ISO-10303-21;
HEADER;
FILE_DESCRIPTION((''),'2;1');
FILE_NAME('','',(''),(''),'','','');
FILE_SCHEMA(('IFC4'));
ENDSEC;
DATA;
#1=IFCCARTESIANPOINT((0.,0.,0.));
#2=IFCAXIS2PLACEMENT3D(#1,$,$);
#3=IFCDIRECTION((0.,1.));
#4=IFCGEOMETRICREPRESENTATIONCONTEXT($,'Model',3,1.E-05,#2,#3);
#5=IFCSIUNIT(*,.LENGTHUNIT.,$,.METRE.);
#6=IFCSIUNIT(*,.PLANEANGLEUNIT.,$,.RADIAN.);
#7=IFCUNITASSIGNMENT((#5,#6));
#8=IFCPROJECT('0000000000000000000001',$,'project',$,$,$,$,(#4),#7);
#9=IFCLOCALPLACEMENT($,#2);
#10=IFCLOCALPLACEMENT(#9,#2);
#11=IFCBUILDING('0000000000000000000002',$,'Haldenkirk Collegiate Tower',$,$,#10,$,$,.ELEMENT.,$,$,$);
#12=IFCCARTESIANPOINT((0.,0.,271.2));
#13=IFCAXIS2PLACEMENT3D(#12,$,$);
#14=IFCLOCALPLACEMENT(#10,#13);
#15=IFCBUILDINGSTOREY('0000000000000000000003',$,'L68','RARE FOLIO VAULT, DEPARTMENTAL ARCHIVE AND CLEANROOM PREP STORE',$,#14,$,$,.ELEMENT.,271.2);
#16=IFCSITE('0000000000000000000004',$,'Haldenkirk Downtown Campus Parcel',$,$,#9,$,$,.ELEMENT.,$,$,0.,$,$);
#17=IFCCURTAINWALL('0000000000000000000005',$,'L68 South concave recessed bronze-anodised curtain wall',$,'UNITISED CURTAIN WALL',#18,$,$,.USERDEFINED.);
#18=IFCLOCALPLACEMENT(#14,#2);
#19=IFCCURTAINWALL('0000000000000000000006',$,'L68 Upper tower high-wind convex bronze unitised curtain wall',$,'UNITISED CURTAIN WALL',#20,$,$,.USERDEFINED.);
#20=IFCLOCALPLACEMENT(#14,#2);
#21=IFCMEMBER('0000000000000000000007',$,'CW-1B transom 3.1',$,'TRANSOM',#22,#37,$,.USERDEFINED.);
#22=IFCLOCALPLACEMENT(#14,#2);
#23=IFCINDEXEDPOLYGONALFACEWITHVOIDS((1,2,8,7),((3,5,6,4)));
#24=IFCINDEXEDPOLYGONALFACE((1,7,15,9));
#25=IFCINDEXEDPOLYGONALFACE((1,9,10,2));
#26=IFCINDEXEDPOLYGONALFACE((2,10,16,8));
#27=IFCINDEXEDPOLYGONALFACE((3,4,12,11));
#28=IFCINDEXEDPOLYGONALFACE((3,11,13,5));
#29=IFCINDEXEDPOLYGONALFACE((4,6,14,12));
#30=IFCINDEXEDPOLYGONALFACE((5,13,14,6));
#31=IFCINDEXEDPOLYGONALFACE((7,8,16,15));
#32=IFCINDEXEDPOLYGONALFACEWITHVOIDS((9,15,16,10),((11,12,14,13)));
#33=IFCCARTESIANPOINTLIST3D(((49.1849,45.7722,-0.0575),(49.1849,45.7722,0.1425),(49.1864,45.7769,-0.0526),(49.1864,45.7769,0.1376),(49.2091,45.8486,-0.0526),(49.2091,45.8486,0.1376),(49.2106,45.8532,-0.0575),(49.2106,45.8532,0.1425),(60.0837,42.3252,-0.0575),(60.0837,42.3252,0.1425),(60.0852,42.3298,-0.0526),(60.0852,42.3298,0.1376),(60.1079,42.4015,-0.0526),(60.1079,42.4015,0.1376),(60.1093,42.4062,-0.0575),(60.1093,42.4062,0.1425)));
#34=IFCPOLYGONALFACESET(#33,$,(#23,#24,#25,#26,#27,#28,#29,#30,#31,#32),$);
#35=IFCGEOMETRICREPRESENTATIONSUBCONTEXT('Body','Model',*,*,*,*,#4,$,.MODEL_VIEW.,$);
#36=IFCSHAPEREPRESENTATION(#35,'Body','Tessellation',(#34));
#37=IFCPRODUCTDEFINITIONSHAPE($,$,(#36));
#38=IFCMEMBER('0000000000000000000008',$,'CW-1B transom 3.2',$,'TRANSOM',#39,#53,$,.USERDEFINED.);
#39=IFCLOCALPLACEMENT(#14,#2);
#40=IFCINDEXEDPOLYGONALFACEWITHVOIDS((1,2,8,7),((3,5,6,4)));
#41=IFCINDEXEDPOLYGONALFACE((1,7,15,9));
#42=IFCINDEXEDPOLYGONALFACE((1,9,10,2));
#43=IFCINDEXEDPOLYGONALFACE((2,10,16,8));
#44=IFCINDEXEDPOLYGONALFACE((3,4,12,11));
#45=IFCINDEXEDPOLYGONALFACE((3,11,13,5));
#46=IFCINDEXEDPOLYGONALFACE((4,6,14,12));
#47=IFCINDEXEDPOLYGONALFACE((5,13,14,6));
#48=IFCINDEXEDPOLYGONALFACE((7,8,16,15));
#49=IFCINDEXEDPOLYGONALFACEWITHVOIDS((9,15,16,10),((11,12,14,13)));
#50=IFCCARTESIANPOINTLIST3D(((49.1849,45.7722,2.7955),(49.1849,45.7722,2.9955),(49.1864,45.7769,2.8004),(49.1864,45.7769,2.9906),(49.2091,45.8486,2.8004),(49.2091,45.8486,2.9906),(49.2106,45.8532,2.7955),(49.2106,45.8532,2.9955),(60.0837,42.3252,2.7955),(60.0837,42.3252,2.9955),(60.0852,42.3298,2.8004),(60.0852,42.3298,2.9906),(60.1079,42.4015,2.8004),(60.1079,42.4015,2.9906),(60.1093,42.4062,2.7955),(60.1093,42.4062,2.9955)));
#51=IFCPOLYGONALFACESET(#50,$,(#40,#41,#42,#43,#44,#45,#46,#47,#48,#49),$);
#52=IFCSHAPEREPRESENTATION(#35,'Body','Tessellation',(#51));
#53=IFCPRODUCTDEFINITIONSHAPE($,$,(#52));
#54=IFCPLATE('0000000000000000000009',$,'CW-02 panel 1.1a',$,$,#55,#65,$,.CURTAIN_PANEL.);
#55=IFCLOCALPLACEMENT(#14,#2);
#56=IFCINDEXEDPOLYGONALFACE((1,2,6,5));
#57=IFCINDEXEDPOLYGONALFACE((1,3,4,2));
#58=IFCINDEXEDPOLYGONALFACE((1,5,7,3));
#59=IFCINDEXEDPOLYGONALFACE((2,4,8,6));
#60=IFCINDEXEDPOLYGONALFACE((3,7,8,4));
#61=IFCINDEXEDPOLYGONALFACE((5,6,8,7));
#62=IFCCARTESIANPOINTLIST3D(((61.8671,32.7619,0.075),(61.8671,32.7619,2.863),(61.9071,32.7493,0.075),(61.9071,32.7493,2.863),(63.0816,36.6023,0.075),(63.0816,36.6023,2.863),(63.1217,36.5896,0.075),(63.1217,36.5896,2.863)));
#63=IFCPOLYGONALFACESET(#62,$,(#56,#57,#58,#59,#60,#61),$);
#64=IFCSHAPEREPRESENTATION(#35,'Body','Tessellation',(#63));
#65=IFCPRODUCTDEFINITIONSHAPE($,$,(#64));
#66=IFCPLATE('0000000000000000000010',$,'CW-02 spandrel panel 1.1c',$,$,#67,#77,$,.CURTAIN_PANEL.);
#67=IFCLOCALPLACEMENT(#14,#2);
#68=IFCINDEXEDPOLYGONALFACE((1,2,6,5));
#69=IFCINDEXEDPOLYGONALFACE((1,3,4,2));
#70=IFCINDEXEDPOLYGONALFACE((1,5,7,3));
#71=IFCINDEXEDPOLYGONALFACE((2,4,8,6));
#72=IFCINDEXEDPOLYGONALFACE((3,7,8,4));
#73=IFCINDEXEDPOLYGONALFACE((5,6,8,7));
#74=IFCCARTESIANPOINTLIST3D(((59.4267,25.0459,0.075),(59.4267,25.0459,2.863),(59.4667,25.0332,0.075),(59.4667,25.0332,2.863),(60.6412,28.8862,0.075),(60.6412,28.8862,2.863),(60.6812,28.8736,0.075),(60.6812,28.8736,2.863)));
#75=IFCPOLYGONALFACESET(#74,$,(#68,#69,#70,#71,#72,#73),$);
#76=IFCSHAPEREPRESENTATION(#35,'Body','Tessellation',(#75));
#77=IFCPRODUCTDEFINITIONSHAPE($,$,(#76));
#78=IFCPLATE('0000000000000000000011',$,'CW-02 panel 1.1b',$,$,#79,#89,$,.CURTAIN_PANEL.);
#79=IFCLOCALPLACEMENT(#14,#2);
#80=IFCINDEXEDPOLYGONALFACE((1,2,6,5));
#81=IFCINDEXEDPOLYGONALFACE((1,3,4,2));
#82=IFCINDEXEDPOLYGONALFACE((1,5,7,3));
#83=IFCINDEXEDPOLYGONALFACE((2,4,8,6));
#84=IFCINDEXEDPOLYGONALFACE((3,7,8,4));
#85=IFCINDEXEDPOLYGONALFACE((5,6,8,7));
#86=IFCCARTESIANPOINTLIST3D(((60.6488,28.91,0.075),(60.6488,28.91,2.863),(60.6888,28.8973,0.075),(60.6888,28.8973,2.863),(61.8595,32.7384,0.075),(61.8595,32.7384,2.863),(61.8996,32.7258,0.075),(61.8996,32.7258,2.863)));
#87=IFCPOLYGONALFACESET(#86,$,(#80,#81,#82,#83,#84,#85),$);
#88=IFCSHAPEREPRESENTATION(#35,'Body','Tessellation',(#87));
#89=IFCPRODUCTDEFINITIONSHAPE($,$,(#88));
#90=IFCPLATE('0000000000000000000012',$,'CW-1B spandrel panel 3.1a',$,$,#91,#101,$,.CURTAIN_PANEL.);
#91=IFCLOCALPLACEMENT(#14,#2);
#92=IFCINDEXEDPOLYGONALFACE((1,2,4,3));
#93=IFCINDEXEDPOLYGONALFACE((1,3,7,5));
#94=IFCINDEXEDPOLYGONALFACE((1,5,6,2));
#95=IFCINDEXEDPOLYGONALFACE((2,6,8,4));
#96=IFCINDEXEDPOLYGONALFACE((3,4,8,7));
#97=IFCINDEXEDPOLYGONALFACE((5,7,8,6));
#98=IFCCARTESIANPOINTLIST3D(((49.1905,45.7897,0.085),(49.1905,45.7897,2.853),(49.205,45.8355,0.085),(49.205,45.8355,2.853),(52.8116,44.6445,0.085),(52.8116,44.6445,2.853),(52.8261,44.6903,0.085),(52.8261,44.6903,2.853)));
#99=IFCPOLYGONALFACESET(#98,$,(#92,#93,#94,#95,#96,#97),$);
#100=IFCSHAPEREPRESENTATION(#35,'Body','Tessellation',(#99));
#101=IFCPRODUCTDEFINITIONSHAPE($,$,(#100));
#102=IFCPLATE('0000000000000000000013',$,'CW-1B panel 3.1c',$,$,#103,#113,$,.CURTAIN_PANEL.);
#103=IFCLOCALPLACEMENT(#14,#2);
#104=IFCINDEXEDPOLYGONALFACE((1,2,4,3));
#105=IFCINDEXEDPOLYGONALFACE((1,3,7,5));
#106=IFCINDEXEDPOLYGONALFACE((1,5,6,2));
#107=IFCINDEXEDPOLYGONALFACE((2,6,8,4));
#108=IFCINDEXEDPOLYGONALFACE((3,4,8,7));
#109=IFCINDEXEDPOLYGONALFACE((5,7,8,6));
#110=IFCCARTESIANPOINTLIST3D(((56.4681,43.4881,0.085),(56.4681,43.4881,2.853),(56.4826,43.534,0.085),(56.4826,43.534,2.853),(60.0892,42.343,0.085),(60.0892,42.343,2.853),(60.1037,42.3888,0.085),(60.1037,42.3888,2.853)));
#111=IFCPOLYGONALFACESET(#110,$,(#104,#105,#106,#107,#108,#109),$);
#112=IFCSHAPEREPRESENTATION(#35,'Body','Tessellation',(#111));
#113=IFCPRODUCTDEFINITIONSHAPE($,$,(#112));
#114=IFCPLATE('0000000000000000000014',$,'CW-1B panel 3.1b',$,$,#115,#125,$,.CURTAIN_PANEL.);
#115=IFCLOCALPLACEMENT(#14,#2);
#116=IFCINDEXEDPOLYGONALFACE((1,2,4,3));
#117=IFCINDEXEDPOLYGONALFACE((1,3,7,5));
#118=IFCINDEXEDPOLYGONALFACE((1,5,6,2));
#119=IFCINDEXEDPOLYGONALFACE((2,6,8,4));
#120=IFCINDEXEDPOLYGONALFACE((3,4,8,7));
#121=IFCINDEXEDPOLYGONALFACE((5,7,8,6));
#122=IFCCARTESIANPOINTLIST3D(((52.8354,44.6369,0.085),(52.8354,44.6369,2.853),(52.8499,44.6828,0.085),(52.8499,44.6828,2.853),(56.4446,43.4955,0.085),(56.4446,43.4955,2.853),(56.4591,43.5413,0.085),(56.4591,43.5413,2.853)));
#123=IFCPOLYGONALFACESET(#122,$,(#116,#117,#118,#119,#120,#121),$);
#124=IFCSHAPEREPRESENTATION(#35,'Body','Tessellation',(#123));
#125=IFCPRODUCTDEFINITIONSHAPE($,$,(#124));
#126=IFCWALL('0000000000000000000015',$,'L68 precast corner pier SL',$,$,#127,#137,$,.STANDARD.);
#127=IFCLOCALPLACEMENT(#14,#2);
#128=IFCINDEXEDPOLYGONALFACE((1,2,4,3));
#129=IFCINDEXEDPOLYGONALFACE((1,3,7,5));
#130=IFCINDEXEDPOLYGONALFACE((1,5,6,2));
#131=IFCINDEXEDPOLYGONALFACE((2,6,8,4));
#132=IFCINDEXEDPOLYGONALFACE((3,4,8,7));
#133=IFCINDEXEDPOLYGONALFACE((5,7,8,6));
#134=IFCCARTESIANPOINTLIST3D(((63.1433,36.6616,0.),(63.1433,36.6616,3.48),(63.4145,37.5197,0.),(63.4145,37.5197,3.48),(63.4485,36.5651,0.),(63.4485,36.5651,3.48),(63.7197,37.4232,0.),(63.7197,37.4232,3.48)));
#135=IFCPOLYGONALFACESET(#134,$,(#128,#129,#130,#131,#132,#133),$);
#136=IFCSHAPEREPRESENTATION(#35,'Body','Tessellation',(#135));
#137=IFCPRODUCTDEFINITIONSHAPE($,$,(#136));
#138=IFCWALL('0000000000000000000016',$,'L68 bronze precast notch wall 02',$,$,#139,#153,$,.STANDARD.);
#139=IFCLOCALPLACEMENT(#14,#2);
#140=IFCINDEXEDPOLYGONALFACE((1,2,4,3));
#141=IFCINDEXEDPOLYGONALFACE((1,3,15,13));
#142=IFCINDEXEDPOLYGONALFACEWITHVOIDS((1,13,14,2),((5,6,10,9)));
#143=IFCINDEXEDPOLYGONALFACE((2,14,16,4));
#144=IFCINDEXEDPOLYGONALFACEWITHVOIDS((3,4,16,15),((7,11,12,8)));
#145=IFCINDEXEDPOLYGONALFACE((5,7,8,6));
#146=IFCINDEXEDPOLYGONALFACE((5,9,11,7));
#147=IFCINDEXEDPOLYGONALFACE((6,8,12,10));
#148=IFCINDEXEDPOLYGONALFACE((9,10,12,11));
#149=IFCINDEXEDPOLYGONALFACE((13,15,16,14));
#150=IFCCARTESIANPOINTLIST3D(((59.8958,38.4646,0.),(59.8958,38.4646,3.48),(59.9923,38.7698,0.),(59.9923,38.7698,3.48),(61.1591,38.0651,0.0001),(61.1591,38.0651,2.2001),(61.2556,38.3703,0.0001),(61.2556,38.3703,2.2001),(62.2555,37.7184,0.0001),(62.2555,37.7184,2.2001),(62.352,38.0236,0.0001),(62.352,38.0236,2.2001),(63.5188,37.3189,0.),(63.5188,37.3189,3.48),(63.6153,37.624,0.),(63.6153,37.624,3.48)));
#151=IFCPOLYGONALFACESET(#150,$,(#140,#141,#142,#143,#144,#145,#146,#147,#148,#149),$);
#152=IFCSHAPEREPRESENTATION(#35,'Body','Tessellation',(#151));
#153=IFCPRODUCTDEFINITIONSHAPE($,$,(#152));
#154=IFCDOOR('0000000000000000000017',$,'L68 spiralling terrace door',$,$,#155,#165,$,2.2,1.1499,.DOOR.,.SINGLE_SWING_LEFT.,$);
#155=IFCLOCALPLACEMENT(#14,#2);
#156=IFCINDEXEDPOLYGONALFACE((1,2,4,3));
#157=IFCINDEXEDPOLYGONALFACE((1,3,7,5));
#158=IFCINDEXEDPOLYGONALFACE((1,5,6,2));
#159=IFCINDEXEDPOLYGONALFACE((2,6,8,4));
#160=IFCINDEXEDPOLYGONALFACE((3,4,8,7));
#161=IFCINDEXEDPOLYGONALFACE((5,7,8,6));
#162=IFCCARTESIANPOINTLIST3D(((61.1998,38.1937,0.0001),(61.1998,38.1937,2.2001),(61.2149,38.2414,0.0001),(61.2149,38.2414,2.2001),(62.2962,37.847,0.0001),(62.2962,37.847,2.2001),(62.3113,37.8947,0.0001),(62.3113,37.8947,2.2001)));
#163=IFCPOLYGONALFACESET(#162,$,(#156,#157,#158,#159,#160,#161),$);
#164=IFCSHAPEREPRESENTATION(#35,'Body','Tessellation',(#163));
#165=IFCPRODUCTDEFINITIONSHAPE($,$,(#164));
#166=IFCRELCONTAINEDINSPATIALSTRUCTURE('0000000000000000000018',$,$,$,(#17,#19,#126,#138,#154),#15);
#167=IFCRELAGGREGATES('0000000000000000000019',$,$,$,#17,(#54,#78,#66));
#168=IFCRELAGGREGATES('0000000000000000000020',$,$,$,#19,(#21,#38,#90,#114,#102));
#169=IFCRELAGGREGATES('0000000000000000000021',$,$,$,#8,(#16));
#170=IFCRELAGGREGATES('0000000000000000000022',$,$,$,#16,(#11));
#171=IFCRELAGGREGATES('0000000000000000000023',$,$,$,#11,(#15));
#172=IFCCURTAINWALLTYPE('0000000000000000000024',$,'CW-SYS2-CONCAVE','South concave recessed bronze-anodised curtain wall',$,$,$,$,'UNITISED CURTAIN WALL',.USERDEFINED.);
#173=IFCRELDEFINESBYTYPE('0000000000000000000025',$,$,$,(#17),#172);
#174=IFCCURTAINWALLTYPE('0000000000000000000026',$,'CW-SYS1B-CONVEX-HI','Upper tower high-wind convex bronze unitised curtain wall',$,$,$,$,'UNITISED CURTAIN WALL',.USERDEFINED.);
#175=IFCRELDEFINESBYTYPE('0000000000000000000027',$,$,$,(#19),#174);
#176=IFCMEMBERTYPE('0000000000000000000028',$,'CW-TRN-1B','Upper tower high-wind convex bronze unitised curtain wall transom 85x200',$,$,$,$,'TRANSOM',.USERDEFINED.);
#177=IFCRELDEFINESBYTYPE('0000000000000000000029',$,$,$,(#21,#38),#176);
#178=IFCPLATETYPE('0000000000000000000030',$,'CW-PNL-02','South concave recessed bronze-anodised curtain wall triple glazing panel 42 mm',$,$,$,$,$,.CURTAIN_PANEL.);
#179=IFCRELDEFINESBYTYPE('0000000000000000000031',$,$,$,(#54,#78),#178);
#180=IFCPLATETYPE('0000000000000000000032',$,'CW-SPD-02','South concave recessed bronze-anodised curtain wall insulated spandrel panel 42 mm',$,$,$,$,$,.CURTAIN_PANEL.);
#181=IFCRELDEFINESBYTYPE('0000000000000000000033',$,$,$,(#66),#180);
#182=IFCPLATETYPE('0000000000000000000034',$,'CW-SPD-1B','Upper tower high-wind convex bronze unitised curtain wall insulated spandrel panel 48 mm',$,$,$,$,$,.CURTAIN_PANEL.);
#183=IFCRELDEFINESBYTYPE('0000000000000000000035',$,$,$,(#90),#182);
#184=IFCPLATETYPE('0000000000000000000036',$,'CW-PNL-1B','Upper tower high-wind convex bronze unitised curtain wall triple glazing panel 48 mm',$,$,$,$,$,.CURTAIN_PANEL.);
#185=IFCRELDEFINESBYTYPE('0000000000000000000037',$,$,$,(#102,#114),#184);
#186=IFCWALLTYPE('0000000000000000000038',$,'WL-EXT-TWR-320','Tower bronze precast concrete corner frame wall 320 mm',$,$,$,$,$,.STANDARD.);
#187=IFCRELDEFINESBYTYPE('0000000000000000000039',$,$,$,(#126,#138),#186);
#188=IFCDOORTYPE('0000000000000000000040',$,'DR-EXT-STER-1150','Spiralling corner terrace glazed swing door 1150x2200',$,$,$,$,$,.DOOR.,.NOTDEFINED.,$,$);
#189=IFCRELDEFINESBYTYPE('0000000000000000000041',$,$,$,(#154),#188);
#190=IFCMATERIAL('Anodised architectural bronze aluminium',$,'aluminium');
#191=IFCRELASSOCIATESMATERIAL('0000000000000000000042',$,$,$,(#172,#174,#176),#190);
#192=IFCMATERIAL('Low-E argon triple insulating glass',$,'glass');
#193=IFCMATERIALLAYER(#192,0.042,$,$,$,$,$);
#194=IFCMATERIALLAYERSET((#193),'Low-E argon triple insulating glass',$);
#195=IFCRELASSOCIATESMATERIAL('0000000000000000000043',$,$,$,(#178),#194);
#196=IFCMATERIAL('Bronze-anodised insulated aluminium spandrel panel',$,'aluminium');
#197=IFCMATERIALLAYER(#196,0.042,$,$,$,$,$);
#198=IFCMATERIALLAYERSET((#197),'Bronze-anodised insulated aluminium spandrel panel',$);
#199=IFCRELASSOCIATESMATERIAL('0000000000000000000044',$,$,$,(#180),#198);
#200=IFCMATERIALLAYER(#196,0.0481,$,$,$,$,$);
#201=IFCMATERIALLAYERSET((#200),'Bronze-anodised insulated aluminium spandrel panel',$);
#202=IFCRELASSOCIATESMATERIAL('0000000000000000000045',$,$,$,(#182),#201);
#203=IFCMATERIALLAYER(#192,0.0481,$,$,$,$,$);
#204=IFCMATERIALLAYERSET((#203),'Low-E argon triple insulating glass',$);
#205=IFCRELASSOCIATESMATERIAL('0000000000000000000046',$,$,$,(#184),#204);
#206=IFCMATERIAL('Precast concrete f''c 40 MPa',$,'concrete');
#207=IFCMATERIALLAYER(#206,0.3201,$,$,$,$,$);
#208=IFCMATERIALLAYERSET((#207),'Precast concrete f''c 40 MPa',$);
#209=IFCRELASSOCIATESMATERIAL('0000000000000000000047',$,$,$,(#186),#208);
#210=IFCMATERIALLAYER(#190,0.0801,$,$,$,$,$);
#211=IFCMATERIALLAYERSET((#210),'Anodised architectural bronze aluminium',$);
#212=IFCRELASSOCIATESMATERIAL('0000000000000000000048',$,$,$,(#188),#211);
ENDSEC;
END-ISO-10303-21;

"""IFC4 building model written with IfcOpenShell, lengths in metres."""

from ifc_helpers import new_model, si_unit, direction, frame, frame_2d, origin, origin_2d, place, context, subcontext, project, spatial, rectangle, hollow_rectangle, extrude, source, transform, mapped, material, layer, layer_set, material_profile, profile_set, type_object, element, fill, aggregate, save


model = new_model("IFC4")

# Units and contexts
model_context = context("Model", 3, precision=1e-05, world=origin(), true_north=direction((0.0, 1.0)))
body_context = subcontext(model_context, "Body", "Model", "MODEL_VIEW")
ifc_project = project(units=[si_unit("LENGTHUNIT", "METRE"), si_unit("PLANEANGLEUNIT", "RADIAN")], contexts=[model_context])

# Site, building, storey
site_placement = place(None, origin())
site = spatial("IfcSite", under=ifc_project, at=site_placement, Name="Haldenkirk Downtown Campus Parcel", CompositionType="ELEMENT", RefElevation=0.0)
building_placement = place(site_placement, origin())
building = spatial("IfcBuilding", under=site, at=building_placement, Name="Haldenkirk Collegiate Tower", CompositionType="ELEMENT")
storey_placement = place(building_placement, frame((0.0, 0.0, 271.2)))
storey = spatial("IfcBuildingStorey", under=building, at=storey_placement, Name="L68", Description="RARE FOLIO VAULT, DEPARTMENTAL ARCHIVE AND CLEANROOM PREP STORE", CompositionType="ELEMENT", Elevation=271.2)

# Curtain walls
ifc_material_1 = material(Name="Anodised architectural bronze aluminium", Category="aluminium")
curtain_wall_type_1 = type_object("IfcCurtainWallType", Name="CW-SYS2-CONCAVE", Description="South concave recessed bronze-anodised curtain wall", ElementType="UNITISED CURTAIN WALL", PredefinedType="USERDEFINED", material=ifc_material_1)
curtain_wall_1_placement = place(storey_placement, origin())
curtain_wall_1 = element("IfcCurtainWall", 1, at=curtain_wall_1_placement, inside=storey, type_object=curtain_wall_type_1, Name="L68 South concave recessed bronze-anodised curtain wall", ObjectType="UNITISED CURTAIN WALL", PredefinedType="USERDEFINED")
curtain_wall_type_2 = type_object("IfcCurtainWallType", Name="CW-SYS1B-CONVEX-HI", Description="Upper tower high-wind convex bronze unitised curtain wall", ElementType="UNITISED CURTAIN WALL", PredefinedType="USERDEFINED", material=ifc_material_1)
curtain_wall_2_placement = place(storey_placement, origin())
curtain_wall_2 = element("IfcCurtainWall", 2, at=curtain_wall_2_placement, inside=storey, type_object=curtain_wall_type_2, Name="L68 Upper tower high-wind convex bronze unitised curtain wall", ObjectType="UNITISED CURTAIN WALL", PredefinedType="USERDEFINED")

# Members
ifc_material_profile_1 = material_profile(ifc_material_1, hollow_rectangle(XDim=0.085, YDim=0.2, WallThickness=0.0049, at=origin_2d()), Name="CW-TRN-1B")
ifc_profile_set_1 = profile_set([ifc_material_profile_1], Name="Anodised architectural bronze aluminium")
member_type_1 = type_object("IfcMemberType", Name="CW-TRN-1B", Description="Upper tower high-wind convex bronze unitised curtain wall transom 85x200", ElementType="TRANSOM", PredefinedType="USERDEFINED", material=ifc_profile_set_1)
member_1_placement = place(storey_placement, frame((49.1978, 45.8127, 0.0425), z_axis=(0.953449, -0.301556, 0.0), x_axis=(0.301556, 0.953449, 0.0)))
member_1 = element("IfcMember", 3, at=member_1_placement, type_object=member_type_1, Name="CW-1B transom 3.1", ObjectType="TRANSOM", PredefinedType="USERDEFINED", context=body_context, shape_type="SweptSolid", body=[
    extrude(hollow_rectangle(XDim=0.085, YDim=0.2, WallThickness=0.0049, at=origin_2d()), origin(), (0.0, 0.0, 1.0), 11.4309),
])
member_2_placement = place(storey_placement, frame((49.1978, 45.8127, 2.8955), z_axis=(0.953449, -0.301556, 0.0), x_axis=(0.301556, 0.953449, 0.0)))
member_2 = element("IfcMember", 4, at=member_2_placement, type_object=member_type_1, Name="CW-1B transom 3.2", ObjectType="TRANSOM", PredefinedType="USERDEFINED", context=body_context, shape_type="SweptSolid", body=[
    extrude(hollow_rectangle(XDim=0.085, YDim=0.2, WallThickness=0.0049, at=origin_2d()), origin(), (0.0, 0.0, 1.0), 11.4309),
])

# Plates
ifc_material_2 = material(Name="Low-E argon triple insulating glass", Category="glass")
ifc_layer_1 = layer(ifc_material_2, 0.042)
ifc_layer_set_1 = layer_set([ifc_layer_1], Name="Low-E argon triple insulating glass")
plate_type_1 = type_object("IfcPlateType", Name="CW-PNL-02", Description="South concave recessed bronze-anodised curtain wall triple glazing panel 42 mm", PredefinedType="CURTAIN_PANEL", material=ifc_layer_set_1)
shared_shape_1 = source(origin(), body_context, "Body", "SweptSolid", [
    extrude(rectangle(XDim=4.0278, YDim=0.042, at=origin_2d()), origin(), (0.0, 0.0, 1.0), 2.7881),
])
plate_1_placement = place(storey_placement, frame((62.4944, 34.6758, 0.075), z_axis=(0.0, 0.0, 1.0), x_axis=(-0.301537, -0.953455, 0.0)))
plate_1 = element("IfcPlate", 5, at=plate_1_placement, type_object=plate_type_1, Name="CW-02 panel 1.1a", PredefinedType="CURTAIN_PANEL", context=body_context, shape_type="MappedRepresentation", body=[
    mapped(shared_shape_1, transform((0.0, 0.0, 0.0), x_axis=(1.0, 0.0, 0.0), y_axis=(0.0, 1.0, 0.0), z_axis=(0.0, 0.0, 1.0), scale=1.0)),
])
ifc_material_3 = material(Name="Bronze-anodised insulated aluminium spandrel panel", Category="aluminium")
ifc_layer_2 = layer(ifc_material_3, 0.042)
ifc_layer_set_2 = layer_set([ifc_layer_2], Name="Bronze-anodised insulated aluminium spandrel panel")
plate_type_2 = type_object("IfcPlateType", Name="CW-SPD-02", Description="South concave recessed bronze-anodised curtain wall insulated spandrel panel 42 mm", PredefinedType="CURTAIN_PANEL", material=ifc_layer_set_2)
plate_2_placement = place(storey_placement, frame((60.054, 26.9597, 0.075), z_axis=(0.0, 0.0, 1.0), x_axis=(-0.301537, -0.953455, 0.0)))
plate_2 = element("IfcPlate", 6, at=plate_2_placement, type_object=plate_type_2, Name="CW-02 spandrel panel 1.1c", PredefinedType="CURTAIN_PANEL", context=body_context, shape_type="MappedRepresentation", body=[
    mapped(shared_shape_1, transform((0.0, 0.0, 0.0), x_axis=(1.0, 0.0, 0.0), y_axis=(0.0, 1.0, 0.0), z_axis=(0.0, 0.0, 1.0), scale=1.0)),
])
shared_shape_2 = source(origin(), body_context, "Body", "SweptSolid", [
    extrude(rectangle(XDim=4.0154, YDim=0.042, at=origin_2d()), origin(), (0.0, 0.0, 1.0), 2.7881),
])
plate_3_placement = place(storey_placement, frame((61.2742, 30.8179, 0.075), z_axis=(0.0, 0.0, 1.0), x_axis=(-0.301537, -0.953455, 0.0)))
plate_3 = element("IfcPlate", 7, at=plate_3_placement, type_object=plate_type_1, Name="CW-02 panel 1.1b", PredefinedType="CURTAIN_PANEL", context=body_context, shape_type="MappedRepresentation", body=[
    mapped(shared_shape_2, transform((0.0, 0.0, 0.0), x_axis=(1.0, 0.0, 0.0), y_axis=(0.0, 1.0, 0.0), z_axis=(0.0, 0.0, 1.0), scale=1.0)),
])
aggregate(curtain_wall_1, [plate_1, plate_3, plate_2])
ifc_layer_3 = layer(ifc_material_3, 0.0481)
ifc_layer_set_3 = layer_set([ifc_layer_3], Name="Bronze-anodised insulated aluminium spandrel panel")
plate_type_3 = type_object("IfcPlateType", Name="CW-SPD-1B", Description="Upper tower high-wind convex bronze unitised curtain wall insulated spandrel panel 48 mm", PredefinedType="CURTAIN_PANEL", material=ifc_layer_set_3)
shared_shape_3 = source(origin(), body_context, "Body", "SweptSolid", [
    extrude(rectangle(XDim=3.7979, YDim=0.0481, at=origin_2d()), origin(), (0.0, 0.0, 1.0), 2.7681),
])
plate_4_placement = place(storey_placement, frame((51.0083, 45.24, 0.085), z_axis=(0.0, 0.0, 1.0), x_axis=(0.953454, -0.301537, 0.0)))
plate_4 = element("IfcPlate", 8, at=plate_4_placement, type_object=plate_type_3, Name="CW-1B spandrel panel 3.1a", PredefinedType="CURTAIN_PANEL", context=body_context, shape_type="MappedRepresentation", body=[
    mapped(shared_shape_3, transform((0.0, 0.0, 0.0), x_axis=(1.0, 0.0, 0.0), y_axis=(0.0, 1.0, 0.0), z_axis=(0.0, 0.0, 1.0), scale=1.0)),
])
ifc_layer_4 = layer(ifc_material_2, 0.0481)
ifc_layer_set_4 = layer_set([ifc_layer_4], Name="Low-E argon triple insulating glass")
plate_type_4 = type_object("IfcPlateType", Name="CW-PNL-1B", Description="Upper tower high-wind convex bronze unitised curtain wall triple glazing panel 48 mm", PredefinedType="CURTAIN_PANEL", material=ifc_layer_set_4)
plate_5_placement = place(storey_placement, frame((58.2859, 42.9385, 0.085), z_axis=(0.0, 0.0, 1.0), x_axis=(0.953454, -0.301537, 0.0)))
plate_5 = element("IfcPlate", 9, at=plate_5_placement, type_object=plate_type_4, Name="CW-1B panel 3.1c", PredefinedType="CURTAIN_PANEL", context=body_context, shape_type="MappedRepresentation", body=[
    mapped(shared_shape_3, transform((0.0, 0.0, 0.0), x_axis=(1.0, 0.0, 0.0), y_axis=(0.0, 1.0, 0.0), z_axis=(0.0, 0.0, 1.0), scale=1.0)),
])
shared_shape_4 = source(origin(), body_context, "Body", "SweptSolid", [
    extrude(rectangle(XDim=3.7854, YDim=0.0481, at=origin_2d()), origin(), (0.0, 0.0, 1.0), 2.7681),
])
plate_6_placement = place(storey_placement, frame((54.6472, 44.0891, 0.085), z_axis=(0.0, 0.0, 1.0), x_axis=(0.953454, -0.301537, 0.0)))
plate_6 = element("IfcPlate", 10, at=plate_6_placement, type_object=plate_type_4, Name="CW-1B panel 3.1b", PredefinedType="CURTAIN_PANEL", context=body_context, shape_type="MappedRepresentation", body=[
    mapped(shared_shape_4, transform((0.0, 0.0, 0.0), x_axis=(1.0, 0.0, 0.0), y_axis=(0.0, 1.0, 0.0), z_axis=(0.0, 0.0, 1.0), scale=1.0)),
])
aggregate(curtain_wall_2, [member_1, member_2, plate_4, plate_6, plate_5])

# Wall
ifc_material_4 = material(Name="Precast concrete f'c 40 MPa", Category="concrete")
ifc_layer_5 = layer(ifc_material_4, 0.3201)
ifc_layer_set_5 = layer_set([ifc_layer_5], Name="Precast concrete f'c 40 MPa")
wall_type_1 = type_object("IfcWallType", Name="WL-EXT-TWR-320", Description="Tower bronze precast concrete corner frame wall 320 mm", PredefinedType="STANDARD", material=ifc_layer_set_5)
wall_1_placement = place(storey_placement, frame((63.5671, 37.4714, 0.0), z_axis=(0.0, 0.0, 1.0), x_axis=(-0.301378, -0.953505, 0.0)))
element("IfcWall", 11, at=wall_1_placement, inside=storey, type_object=wall_type_1, Name="L68 precast corner pier SL", PredefinedType="STANDARD", context=body_context, shape_type="SweptSolid", body=[
    extrude(rectangle(XDim=0.8999, YDim=0.3201, at=frame_2d((0.45, 0.0))), origin(), (0.0, 0.0, 1.0), 3.48),
])

# Wall, opening, door
wall_2_placement = place(storey_placement, frame((59.9441, 38.6172, 0.0), z_axis=(0.0, 0.0, 1.0), x_axis=(0.953459, -0.301522, 0.0)))
wall_2 = element("IfcWall", 12, at=wall_2_placement, inside=storey, type_object=wall_type_1, Name="L68 bronze precast notch wall 02", PredefinedType="STANDARD", context=body_context, shape_type="SweptSolid", body=[
    extrude(rectangle(XDim=3.7998, YDim=0.3201, at=frame_2d((1.8999, 0.0))), origin(), (0.0, 0.0, 1.0), 3.48),
])
opening_1_placement = place(wall_2_placement, frame((1.325, 0.0, 0.0)))
opening_1 = element("IfcOpeningElement", 13, at=opening_1_placement, cuts=wall_2, PredefinedType="OPENING", context=body_context, shape_type="SweptSolid", body=[
    extrude(rectangle(XDim=1.1499, YDim=2.2, at=frame_2d((0.575, 1.1001))), frame((0.0, 0.1699, 0.0), z_axis=(0.0, -1.0, 0.0), x_axis=(1.0, 0.0, 0.0)), (0.0, 0.0, 1.0), 0.3401),
])
ifc_layer_6 = layer(ifc_material_1, 0.0801)
ifc_layer_set_6 = layer_set([ifc_layer_6], Name="Anodised architectural bronze aluminium")
door_type = type_object("IfcDoorType", Name="DR-EXT-STER-1150", Description="Spiralling corner terrace glazed swing door 1150x2200", OperationType="NOTDEFINED", PredefinedType="DOOR", material=ifc_layer_set_6)
door_placement = place(opening_1_placement, origin())
door = element("IfcDoor", 14, at=door_placement, inside=storey, type_object=door_type, Name="L68 spiralling terrace door", OperationType="SINGLE_SWING_LEFT", OverallHeight=2.2, OverallWidth=1.1499, PredefinedType="DOOR", context=body_context, shape_type="SweptSolid", body=[
    extrude(rectangle(XDim=1.1499, YDim=2.2, at=frame_2d((0.575, 1.1001))), frame((0.0, 0.0249, 0.0), z_axis=(0.0, -1.0, 0.0), x_axis=(1.0, 0.0, 0.0)), (0.0, 0.0, 1.0), 0.05),
])
fill(opening_1, door)

save(model, "model.ifc")
